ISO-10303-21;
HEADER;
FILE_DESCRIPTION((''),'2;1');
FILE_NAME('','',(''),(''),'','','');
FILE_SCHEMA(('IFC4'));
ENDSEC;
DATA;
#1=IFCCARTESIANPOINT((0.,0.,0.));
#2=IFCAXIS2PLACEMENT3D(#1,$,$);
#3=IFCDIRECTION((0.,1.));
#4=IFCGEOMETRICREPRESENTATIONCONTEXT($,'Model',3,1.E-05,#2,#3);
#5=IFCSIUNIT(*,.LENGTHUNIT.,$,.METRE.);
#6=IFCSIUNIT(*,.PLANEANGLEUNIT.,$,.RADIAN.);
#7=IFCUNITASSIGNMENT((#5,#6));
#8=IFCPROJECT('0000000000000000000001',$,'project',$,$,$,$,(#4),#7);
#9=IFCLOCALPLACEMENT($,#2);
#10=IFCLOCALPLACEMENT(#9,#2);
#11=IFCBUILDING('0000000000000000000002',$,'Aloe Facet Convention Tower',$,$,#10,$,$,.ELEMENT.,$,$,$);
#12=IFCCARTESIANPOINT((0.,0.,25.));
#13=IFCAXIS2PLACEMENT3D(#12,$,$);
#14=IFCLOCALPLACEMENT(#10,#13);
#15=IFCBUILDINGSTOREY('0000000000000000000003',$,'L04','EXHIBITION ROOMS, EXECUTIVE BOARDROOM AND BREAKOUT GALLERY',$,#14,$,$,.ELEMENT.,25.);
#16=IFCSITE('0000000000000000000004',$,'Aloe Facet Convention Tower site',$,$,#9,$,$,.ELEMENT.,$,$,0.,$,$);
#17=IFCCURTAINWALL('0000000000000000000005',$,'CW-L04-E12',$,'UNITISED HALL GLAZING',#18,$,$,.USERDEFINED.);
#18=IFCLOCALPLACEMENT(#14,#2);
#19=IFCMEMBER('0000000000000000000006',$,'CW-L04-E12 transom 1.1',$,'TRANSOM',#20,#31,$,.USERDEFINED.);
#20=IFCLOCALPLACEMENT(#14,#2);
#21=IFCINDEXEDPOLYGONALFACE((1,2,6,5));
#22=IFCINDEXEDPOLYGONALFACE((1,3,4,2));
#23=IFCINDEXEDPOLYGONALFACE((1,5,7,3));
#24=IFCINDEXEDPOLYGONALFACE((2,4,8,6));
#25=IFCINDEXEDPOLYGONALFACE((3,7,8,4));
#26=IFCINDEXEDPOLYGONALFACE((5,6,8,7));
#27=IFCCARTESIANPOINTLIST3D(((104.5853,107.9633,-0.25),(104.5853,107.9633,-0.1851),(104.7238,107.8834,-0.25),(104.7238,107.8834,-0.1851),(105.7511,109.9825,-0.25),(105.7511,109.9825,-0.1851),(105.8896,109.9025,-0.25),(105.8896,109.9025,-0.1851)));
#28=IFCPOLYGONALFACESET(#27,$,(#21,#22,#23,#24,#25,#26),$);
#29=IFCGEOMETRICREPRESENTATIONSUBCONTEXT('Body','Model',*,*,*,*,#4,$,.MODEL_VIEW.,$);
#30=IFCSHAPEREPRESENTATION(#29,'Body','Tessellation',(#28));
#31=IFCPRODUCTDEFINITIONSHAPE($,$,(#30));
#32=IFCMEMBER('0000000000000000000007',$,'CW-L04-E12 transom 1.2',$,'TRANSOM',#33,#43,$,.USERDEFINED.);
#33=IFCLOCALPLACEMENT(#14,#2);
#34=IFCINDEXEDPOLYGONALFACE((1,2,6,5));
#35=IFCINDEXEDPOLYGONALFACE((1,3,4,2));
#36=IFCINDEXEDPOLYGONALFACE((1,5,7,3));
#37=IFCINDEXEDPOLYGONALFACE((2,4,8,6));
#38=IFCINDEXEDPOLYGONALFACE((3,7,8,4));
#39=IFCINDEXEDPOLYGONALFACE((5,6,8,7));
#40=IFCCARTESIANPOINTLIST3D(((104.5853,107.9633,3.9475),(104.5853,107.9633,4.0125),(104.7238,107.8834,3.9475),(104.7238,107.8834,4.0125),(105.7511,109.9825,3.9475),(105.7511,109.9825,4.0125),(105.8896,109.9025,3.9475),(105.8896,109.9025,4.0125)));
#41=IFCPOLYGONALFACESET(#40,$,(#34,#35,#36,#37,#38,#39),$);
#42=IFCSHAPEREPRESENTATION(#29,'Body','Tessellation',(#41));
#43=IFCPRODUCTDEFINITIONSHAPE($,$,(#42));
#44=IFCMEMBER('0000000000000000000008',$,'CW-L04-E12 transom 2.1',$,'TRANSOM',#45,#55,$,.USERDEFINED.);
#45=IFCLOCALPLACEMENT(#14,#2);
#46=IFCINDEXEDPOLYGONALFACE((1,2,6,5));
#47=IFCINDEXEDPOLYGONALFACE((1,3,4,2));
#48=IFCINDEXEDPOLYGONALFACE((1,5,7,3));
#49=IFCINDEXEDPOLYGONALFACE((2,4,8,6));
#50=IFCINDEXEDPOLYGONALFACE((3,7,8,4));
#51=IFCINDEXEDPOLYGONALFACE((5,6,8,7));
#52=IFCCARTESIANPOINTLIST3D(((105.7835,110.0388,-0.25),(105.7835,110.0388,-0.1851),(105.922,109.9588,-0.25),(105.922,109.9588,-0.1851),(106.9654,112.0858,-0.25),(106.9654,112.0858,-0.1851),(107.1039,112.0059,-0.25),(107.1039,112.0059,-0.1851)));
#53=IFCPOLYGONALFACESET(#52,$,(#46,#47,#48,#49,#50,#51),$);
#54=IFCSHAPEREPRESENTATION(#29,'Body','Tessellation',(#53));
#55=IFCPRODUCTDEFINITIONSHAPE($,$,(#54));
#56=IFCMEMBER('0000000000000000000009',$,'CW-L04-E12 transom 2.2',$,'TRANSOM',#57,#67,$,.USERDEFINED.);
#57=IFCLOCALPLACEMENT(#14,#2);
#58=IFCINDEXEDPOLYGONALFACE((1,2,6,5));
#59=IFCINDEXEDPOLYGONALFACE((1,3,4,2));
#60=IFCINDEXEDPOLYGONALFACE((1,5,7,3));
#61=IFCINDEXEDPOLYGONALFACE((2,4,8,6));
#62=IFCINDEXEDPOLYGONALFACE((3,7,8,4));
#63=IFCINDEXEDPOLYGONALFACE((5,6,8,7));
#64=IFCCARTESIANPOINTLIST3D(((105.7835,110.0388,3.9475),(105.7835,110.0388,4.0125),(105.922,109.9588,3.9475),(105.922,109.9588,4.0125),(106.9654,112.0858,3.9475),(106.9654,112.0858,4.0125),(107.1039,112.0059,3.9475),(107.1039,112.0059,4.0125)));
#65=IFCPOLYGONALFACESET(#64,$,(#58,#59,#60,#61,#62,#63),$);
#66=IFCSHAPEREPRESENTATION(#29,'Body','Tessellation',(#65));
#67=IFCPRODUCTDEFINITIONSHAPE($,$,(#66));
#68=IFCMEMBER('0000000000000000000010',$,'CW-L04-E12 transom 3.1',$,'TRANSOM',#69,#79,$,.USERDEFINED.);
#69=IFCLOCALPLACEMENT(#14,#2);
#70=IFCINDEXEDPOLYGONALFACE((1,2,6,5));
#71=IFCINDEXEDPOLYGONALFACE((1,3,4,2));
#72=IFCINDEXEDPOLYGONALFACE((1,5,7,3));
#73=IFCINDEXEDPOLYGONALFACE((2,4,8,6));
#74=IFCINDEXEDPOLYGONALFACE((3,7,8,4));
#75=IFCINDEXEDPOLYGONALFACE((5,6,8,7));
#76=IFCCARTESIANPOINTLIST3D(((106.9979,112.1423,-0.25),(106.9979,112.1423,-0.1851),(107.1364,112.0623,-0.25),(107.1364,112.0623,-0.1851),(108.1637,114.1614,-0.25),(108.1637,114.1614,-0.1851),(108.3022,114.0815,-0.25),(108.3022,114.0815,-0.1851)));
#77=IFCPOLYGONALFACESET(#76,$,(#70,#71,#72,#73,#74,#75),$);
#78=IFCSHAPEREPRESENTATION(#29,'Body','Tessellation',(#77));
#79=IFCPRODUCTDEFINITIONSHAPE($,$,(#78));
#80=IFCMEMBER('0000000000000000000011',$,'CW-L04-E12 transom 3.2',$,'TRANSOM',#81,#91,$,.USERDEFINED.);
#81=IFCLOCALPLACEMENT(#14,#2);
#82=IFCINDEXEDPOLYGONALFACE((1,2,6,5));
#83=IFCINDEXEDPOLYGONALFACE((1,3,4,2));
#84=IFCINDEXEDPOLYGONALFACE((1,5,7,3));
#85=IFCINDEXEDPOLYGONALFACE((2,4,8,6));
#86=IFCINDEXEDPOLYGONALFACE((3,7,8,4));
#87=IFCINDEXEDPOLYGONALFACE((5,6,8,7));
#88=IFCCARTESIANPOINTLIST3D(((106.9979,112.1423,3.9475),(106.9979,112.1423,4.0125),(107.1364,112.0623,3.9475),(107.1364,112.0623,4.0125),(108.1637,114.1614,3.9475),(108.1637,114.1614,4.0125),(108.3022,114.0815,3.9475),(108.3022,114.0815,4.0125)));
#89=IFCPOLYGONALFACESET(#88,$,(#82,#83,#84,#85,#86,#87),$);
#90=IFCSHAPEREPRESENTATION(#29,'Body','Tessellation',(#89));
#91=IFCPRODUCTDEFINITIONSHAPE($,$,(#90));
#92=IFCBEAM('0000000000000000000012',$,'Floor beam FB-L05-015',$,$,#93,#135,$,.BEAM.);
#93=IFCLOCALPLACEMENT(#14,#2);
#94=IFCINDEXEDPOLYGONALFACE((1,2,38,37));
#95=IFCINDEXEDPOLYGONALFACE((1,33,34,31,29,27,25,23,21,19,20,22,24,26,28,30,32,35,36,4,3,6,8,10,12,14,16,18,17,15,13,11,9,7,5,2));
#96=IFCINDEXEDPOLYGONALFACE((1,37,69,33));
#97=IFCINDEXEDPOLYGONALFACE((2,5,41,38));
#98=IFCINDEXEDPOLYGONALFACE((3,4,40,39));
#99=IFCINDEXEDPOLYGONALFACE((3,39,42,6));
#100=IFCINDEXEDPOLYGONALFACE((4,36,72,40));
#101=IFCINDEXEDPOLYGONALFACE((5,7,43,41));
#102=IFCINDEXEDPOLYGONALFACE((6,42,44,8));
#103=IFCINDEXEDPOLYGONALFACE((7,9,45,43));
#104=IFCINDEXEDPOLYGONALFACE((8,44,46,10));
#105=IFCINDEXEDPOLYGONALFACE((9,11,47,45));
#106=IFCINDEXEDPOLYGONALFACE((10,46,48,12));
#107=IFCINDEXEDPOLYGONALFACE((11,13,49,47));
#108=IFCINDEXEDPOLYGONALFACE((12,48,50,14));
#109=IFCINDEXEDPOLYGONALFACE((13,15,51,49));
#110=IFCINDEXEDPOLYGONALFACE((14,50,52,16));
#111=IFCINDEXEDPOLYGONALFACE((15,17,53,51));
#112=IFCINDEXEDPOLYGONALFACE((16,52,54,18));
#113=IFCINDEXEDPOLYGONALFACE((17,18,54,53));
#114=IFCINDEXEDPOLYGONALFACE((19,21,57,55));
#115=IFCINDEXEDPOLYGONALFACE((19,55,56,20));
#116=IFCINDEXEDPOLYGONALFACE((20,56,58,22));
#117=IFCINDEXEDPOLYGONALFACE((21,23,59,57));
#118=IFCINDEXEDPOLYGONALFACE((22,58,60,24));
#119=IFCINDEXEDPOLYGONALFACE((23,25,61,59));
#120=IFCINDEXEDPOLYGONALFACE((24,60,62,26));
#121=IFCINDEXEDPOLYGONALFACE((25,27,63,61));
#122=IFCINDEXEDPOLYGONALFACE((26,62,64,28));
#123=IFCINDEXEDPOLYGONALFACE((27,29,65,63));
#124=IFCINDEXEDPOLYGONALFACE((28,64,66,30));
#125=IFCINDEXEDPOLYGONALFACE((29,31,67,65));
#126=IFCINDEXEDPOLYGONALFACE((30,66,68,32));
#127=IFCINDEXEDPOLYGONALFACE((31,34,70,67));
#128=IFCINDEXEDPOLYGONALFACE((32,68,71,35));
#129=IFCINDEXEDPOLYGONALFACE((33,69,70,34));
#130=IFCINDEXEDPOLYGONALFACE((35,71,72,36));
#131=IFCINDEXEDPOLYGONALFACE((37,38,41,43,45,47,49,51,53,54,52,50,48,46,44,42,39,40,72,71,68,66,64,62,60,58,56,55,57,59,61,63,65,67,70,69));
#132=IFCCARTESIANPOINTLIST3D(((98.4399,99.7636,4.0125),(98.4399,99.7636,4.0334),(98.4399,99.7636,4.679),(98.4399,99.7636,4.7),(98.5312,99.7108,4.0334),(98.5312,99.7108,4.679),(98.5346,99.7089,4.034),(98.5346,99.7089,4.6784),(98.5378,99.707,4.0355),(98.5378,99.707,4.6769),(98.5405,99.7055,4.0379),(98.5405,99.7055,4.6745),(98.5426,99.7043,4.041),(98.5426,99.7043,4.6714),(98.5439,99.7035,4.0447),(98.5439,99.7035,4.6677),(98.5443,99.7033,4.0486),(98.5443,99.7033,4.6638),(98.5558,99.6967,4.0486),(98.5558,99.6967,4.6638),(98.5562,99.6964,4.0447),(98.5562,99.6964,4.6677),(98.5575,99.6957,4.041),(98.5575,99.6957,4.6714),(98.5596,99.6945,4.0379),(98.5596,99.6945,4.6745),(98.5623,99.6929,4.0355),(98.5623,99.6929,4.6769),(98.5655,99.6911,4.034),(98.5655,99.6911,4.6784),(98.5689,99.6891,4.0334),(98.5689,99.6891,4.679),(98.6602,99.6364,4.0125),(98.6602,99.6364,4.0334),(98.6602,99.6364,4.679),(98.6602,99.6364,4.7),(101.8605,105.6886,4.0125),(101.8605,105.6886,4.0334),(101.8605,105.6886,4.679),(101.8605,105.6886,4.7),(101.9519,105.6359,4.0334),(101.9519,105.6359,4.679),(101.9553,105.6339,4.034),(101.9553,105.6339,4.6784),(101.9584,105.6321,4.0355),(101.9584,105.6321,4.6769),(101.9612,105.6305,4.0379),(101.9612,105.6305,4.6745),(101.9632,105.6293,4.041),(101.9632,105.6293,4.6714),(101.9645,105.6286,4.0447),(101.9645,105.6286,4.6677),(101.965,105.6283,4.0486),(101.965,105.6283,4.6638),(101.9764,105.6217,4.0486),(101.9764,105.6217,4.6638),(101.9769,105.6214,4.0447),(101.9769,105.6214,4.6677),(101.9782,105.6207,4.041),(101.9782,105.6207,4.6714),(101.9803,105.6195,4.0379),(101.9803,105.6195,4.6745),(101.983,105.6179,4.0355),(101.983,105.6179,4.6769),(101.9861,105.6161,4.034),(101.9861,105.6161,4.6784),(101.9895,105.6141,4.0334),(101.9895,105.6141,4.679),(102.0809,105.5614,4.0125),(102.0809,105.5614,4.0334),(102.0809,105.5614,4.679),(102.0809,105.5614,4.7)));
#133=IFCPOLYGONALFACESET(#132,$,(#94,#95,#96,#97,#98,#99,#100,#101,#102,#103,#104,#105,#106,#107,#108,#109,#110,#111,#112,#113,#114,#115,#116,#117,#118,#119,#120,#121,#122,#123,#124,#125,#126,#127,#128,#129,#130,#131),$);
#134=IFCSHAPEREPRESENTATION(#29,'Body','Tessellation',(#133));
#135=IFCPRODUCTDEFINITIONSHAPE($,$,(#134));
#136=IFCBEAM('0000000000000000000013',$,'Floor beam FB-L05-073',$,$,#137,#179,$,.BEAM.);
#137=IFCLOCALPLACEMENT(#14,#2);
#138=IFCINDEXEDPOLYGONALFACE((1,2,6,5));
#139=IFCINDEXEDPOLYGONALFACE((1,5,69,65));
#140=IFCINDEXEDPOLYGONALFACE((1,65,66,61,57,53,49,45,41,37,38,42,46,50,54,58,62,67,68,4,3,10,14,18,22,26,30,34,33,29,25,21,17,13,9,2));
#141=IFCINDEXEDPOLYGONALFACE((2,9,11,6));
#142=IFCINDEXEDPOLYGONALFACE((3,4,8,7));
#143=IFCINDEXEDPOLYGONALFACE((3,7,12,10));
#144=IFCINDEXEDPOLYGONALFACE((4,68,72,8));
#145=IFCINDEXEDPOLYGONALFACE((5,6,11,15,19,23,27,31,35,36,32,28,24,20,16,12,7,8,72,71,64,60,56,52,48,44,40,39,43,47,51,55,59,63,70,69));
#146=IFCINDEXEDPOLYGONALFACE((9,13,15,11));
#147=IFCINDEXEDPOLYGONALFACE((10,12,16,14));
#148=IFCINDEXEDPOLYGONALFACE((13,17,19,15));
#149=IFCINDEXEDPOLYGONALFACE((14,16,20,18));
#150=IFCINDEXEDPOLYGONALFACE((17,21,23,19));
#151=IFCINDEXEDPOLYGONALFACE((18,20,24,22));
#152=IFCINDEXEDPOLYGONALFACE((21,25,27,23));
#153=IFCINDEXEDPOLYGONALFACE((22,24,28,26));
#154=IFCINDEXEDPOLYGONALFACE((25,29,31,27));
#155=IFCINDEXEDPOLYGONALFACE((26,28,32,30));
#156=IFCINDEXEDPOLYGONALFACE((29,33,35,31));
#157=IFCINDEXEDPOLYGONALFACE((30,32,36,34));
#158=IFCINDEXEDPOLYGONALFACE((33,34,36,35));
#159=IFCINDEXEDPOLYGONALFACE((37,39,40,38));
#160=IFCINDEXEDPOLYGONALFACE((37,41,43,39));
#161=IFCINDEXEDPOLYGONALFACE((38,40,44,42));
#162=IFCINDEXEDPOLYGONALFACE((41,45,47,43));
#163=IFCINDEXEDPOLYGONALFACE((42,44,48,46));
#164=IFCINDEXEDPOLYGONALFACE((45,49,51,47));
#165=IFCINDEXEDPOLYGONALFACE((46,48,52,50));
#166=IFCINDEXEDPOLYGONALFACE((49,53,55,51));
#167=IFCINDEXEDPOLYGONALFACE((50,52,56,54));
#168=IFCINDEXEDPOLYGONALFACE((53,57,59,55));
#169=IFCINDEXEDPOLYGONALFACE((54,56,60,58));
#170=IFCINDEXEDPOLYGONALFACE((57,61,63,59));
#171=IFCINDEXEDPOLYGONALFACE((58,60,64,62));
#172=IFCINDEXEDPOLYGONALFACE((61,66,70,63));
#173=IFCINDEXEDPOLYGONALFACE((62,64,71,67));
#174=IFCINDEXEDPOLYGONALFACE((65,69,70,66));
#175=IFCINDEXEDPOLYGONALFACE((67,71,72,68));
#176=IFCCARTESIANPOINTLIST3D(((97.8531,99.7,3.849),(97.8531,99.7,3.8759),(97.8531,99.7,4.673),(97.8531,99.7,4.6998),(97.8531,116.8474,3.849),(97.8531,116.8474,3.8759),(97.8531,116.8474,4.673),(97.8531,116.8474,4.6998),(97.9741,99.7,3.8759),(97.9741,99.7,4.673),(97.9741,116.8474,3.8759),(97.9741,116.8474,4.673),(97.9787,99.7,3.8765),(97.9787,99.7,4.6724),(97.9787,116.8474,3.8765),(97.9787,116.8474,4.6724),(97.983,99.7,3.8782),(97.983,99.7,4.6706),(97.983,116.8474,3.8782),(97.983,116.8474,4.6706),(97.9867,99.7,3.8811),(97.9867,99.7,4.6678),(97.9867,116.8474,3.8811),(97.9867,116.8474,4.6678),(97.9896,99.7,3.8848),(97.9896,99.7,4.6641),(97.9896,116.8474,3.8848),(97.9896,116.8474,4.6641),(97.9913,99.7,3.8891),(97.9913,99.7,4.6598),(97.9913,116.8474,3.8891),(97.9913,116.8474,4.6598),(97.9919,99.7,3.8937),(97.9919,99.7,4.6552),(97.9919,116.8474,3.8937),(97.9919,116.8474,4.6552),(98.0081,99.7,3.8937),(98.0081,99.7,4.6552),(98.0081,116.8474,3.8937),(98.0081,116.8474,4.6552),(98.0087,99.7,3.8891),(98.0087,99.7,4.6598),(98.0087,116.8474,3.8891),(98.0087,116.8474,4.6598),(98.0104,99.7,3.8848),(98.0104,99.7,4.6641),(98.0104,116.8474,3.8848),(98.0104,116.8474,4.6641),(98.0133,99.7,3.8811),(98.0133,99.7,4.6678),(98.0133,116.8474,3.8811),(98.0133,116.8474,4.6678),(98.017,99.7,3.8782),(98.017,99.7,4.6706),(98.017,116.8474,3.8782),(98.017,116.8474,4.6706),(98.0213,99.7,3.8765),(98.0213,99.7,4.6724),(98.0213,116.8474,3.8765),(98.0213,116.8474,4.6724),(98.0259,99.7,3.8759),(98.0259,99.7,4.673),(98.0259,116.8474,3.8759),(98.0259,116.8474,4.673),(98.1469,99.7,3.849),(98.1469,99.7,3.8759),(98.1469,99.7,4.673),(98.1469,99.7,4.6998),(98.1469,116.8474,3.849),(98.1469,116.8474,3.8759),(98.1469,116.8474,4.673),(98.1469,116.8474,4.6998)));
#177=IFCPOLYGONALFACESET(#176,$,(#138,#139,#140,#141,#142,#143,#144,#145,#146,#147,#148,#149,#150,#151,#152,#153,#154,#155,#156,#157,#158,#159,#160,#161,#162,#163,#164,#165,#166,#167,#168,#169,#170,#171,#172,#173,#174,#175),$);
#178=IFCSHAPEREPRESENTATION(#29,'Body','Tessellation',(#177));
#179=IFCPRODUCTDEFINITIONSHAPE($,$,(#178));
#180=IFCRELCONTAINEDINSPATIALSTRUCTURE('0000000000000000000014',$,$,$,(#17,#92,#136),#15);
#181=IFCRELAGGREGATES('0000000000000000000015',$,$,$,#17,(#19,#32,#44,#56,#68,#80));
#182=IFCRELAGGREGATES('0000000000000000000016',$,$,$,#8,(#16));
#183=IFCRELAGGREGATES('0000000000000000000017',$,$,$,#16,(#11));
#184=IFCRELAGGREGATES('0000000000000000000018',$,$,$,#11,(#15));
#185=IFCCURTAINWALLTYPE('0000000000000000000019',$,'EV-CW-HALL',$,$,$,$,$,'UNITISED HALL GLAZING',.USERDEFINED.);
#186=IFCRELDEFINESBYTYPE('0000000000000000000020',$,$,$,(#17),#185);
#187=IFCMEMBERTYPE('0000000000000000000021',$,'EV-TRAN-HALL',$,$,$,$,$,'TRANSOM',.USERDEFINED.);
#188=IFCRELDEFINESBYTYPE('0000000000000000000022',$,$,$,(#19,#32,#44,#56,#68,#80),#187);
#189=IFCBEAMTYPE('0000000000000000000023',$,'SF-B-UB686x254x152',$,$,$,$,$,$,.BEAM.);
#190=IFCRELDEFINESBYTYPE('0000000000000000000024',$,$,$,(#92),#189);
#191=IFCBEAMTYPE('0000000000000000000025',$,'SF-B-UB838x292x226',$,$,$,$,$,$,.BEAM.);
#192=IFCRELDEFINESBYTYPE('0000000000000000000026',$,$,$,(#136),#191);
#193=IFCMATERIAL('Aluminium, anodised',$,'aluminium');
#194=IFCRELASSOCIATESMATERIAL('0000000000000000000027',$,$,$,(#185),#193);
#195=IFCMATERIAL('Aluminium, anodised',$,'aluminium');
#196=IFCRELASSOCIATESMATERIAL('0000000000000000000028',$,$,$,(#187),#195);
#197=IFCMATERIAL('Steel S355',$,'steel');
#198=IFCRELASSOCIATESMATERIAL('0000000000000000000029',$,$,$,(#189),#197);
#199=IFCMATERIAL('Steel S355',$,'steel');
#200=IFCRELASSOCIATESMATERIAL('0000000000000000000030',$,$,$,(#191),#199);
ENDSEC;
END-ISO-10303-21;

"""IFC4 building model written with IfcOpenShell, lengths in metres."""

from ifc_helpers import new_model, si_unit, direction, frame, origin, origin_2d, place, context, subcontext, project, spatial, rectangle, i_section, extrude, material, material_profile, profile_set, type_object, element, aggregate, save


model = new_model("IFC4")

# Units and contexts
model_context = context("Model", 3, precision=1e-05, world=origin(), true_north=direction((0.0, 1.0)))
body_context = subcontext(model_context, "Body", "Model", "MODEL_VIEW")
ifc_project = project(units=[si_unit("LENGTHUNIT", "METRE"), si_unit("PLANEANGLEUNIT", "RADIAN")], contexts=[model_context])

# Site, building, storey
site_placement = place(None, origin())
site = spatial("IfcSite", under=ifc_project, at=site_placement, Name="Aloe Facet Convention Tower site", CompositionType="ELEMENT", RefElevation=0.0)
building_placement = place(site_placement, origin())
building = spatial("IfcBuilding", under=site, at=building_placement, Name="Aloe Facet Convention Tower", CompositionType="ELEMENT")
storey_placement = place(building_placement, frame((0.0, 0.0, 25.0)))
storey = spatial("IfcBuildingStorey", under=building, at=storey_placement, Name="L04", Description="EXHIBITION ROOMS, EXECUTIVE BOARDROOM AND BREAKOUT GALLERY", CompositionType="ELEMENT", Elevation=25.0)

# Curtain wall
ifc_material_1 = material(Name="Aluminium, anodised", Category="aluminium")
curtain_wall_type = type_object("IfcCurtainWallType", Name="EV-CW-HALL", ElementType="UNITISED HALL GLAZING", PredefinedType="USERDEFINED", material=ifc_material_1)
curtain_wall_1_placement = place(storey_placement, origin())
curtain_wall_1 = element("IfcCurtainWall", 1, at=curtain_wall_1_placement, inside=storey, type_object=curtain_wall_type, Name="CW-L04-E12", ObjectType="UNITISED HALL GLAZING", PredefinedType="USERDEFINED")

# Members
ifc_material_2 = material(Name="Aluminium, anodised", Category="aluminium")
ifc_material_profile_1 = material_profile(ifc_material_2, rectangle(XDim=0.1599, YDim=0.0649, at=origin_2d()), Name="AL 160x65")
ifc_profile_set_1 = profile_set([ifc_material_profile_1], Name="Aluminium, anodised")
member_type_1 = type_object("IfcMemberType", Name="EV-TRAN-HALL", ElementType="TRANSOM", PredefinedType="USERDEFINED", material=ifc_profile_set_1)
member_1_placement = place(storey_placement, frame((104.6545, 107.9233, -0.2175), z_axis=(0.500025, 0.866011, 0.0), x_axis=(-0.866011, 0.500025, 0.0)))
member_1 = element("IfcMember", 2, at=member_1_placement, type_object=member_type_1, Name="CW-L04-E12 transom 1.1", ObjectType="TRANSOM", PredefinedType="USERDEFINED", context=body_context, shape_type="SweptSolid", body=[
    extrude(rectangle(XDim=0.1599, YDim=0.0649, at=origin_2d()), origin(), (0.0, 0.0, 1.0), 2.3315),
])
member_2_placement = place(storey_placement, frame((104.6545, 107.9233, 3.98), z_axis=(0.500025, 0.866011, 0.0), x_axis=(-0.866011, 0.500025, 0.0)))
member_2 = element("IfcMember", 3, at=member_2_placement, type_object=member_type_1, Name="CW-L04-E12 transom 1.2", ObjectType="TRANSOM", PredefinedType="USERDEFINED", context=body_context, shape_type="SweptSolid", body=[
    extrude(rectangle(XDim=0.1599, YDim=0.0649, at=origin_2d()), origin(), (0.0, 0.0, 1.0), 2.3315),
])
member_3_placement = place(storey_placement, frame((105.8528, 109.9988, -0.2175), z_axis=(0.499994, 0.866029, 0.0), x_axis=(-0.866029, 0.499994, 0.0)))
member_3 = element("IfcMember", 4, at=member_3_placement, type_object=member_type_1, Name="CW-L04-E12 transom 2.1", ObjectType="TRANSOM", PredefinedType="USERDEFINED", context=body_context, shape_type="SweptSolid", body=[
    extrude(rectangle(XDim=0.1599, YDim=0.0649, at=origin_2d()), origin(), (0.0, 0.0, 1.0), 2.3638),
])
member_4_placement = place(storey_placement, frame((105.8528, 109.9988, 3.98), z_axis=(0.499994, 0.866029, 0.0), x_axis=(-0.866029, 0.499994, 0.0)))
member_4 = element("IfcMember", 5, at=member_4_placement, type_object=member_type_1, Name="CW-L04-E12 transom 2.2", ObjectType="TRANSOM", PredefinedType="USERDEFINED", context=body_context, shape_type="SweptSolid", body=[
    extrude(rectangle(XDim=0.1599, YDim=0.0649, at=origin_2d()), origin(), (0.0, 0.0, 1.0), 2.3638),
])
member_5_placement = place(storey_placement, frame((107.0671, 112.1023, -0.2175), z_axis=(0.500025, 0.866011, 0.0), x_axis=(-0.866011, 0.500025, 0.0)))
member_5 = element("IfcMember", 6, at=member_5_placement, type_object=member_type_1, Name="CW-L04-E12 transom 3.1", ObjectType="TRANSOM", PredefinedType="USERDEFINED", context=body_context, shape_type="SweptSolid", body=[
    extrude(rectangle(XDim=0.1599, YDim=0.0649, at=origin_2d()), origin(), (0.0, 0.0, 1.0), 2.3315),
])
member_6_placement = place(storey_placement, frame((107.0671, 112.1023, 3.98), z_axis=(0.500025, 0.866011, 0.0), x_axis=(-0.866011, 0.500025, 0.0)))
member_6 = element("IfcMember", 7, at=member_6_placement, type_object=member_type_1, Name="CW-L04-E12 transom 3.2", ObjectType="TRANSOM", PredefinedType="USERDEFINED", context=body_context, shape_type="SweptSolid", body=[
    extrude(rectangle(XDim=0.1599, YDim=0.0649, at=origin_2d()), origin(), (0.0, 0.0, 1.0), 2.3315),
])

# Beams
ifc_material_3 = material(Name="Steel S355", Category="steel")
ifc_material_profile_2 = material_profile(ifc_material_3, i_section(OverallWidth=0.2544, OverallDepth=0.6875, WebThickness=0.0132, FlangeThickness=0.021, FilletRadius=0.0151, at=origin_2d()), Name="UB 686x254x152")
ifc_profile_set_2 = profile_set([ifc_material_profile_2], Name="Steel S355")
beam_type_1 = type_object("IfcBeamType", Name="SF-B-UB686x254x152", PredefinedType="BEAM", material=ifc_profile_set_2)
beam_1_placement = place(storey_placement, frame((101.9707, 105.625, 4.3562), z_axis=(-0.499981, -0.866036, 0.0), x_axis=(0.866036, -0.499981, 0.0)))
element("IfcBeam", 8, at=beam_1_placement, inside=storey, type_object=beam_type_1, Name="Floor beam FB-L05-015", PredefinedType="BEAM", context=body_context, shape_type="SweptSolid", body=[
    extrude(i_section(OverallWidth=0.2544, OverallDepth=0.6875, WebThickness=0.0132, FlangeThickness=0.021, FilletRadius=0.0151, at=origin_2d()), origin(), (0.0, 0.0, 1.0), 6.8416),
])
ifc_material_4 = material(Name="Steel S355", Category="steel")
ifc_material_profile_3 = material_profile(ifc_material_4, i_section(OverallWidth=0.2937, OverallDepth=0.8508, WebThickness=0.0161, FlangeThickness=0.0269, FilletRadius=0.0178, at=origin_2d()), Name="UB 838x292x226")
ifc_profile_set_3 = profile_set([ifc_material_profile_3], Name="Steel S355")
beam_type_2 = type_object("IfcBeamType", Name="SF-B-UB838x292x226", PredefinedType="BEAM", material=ifc_profile_set_3)
beam_2_placement = place(storey_placement, frame((98.0, 99.7, 4.2744), z_axis=(0.0, 1.0, 0.0), x_axis=(-1.0, 0.0, 0.0)))
element("IfcBeam", 9, at=beam_2_placement, inside=storey, type_object=beam_type_2, Name="Floor beam FB-L05-073", PredefinedType="BEAM", context=body_context, shape_type="SweptSolid", body=[
    extrude(i_section(OverallWidth=0.2937, OverallDepth=0.8508, WebThickness=0.0161, FlangeThickness=0.0269, FilletRadius=0.0178, at=origin_2d()), origin(), (0.0, 0.0, 1.0), 17.1475),
])

aggregate(curtain_wall_1, [member_1, member_2, member_3, member_4, member_5, member_6])

save(model, "model.ifc")
